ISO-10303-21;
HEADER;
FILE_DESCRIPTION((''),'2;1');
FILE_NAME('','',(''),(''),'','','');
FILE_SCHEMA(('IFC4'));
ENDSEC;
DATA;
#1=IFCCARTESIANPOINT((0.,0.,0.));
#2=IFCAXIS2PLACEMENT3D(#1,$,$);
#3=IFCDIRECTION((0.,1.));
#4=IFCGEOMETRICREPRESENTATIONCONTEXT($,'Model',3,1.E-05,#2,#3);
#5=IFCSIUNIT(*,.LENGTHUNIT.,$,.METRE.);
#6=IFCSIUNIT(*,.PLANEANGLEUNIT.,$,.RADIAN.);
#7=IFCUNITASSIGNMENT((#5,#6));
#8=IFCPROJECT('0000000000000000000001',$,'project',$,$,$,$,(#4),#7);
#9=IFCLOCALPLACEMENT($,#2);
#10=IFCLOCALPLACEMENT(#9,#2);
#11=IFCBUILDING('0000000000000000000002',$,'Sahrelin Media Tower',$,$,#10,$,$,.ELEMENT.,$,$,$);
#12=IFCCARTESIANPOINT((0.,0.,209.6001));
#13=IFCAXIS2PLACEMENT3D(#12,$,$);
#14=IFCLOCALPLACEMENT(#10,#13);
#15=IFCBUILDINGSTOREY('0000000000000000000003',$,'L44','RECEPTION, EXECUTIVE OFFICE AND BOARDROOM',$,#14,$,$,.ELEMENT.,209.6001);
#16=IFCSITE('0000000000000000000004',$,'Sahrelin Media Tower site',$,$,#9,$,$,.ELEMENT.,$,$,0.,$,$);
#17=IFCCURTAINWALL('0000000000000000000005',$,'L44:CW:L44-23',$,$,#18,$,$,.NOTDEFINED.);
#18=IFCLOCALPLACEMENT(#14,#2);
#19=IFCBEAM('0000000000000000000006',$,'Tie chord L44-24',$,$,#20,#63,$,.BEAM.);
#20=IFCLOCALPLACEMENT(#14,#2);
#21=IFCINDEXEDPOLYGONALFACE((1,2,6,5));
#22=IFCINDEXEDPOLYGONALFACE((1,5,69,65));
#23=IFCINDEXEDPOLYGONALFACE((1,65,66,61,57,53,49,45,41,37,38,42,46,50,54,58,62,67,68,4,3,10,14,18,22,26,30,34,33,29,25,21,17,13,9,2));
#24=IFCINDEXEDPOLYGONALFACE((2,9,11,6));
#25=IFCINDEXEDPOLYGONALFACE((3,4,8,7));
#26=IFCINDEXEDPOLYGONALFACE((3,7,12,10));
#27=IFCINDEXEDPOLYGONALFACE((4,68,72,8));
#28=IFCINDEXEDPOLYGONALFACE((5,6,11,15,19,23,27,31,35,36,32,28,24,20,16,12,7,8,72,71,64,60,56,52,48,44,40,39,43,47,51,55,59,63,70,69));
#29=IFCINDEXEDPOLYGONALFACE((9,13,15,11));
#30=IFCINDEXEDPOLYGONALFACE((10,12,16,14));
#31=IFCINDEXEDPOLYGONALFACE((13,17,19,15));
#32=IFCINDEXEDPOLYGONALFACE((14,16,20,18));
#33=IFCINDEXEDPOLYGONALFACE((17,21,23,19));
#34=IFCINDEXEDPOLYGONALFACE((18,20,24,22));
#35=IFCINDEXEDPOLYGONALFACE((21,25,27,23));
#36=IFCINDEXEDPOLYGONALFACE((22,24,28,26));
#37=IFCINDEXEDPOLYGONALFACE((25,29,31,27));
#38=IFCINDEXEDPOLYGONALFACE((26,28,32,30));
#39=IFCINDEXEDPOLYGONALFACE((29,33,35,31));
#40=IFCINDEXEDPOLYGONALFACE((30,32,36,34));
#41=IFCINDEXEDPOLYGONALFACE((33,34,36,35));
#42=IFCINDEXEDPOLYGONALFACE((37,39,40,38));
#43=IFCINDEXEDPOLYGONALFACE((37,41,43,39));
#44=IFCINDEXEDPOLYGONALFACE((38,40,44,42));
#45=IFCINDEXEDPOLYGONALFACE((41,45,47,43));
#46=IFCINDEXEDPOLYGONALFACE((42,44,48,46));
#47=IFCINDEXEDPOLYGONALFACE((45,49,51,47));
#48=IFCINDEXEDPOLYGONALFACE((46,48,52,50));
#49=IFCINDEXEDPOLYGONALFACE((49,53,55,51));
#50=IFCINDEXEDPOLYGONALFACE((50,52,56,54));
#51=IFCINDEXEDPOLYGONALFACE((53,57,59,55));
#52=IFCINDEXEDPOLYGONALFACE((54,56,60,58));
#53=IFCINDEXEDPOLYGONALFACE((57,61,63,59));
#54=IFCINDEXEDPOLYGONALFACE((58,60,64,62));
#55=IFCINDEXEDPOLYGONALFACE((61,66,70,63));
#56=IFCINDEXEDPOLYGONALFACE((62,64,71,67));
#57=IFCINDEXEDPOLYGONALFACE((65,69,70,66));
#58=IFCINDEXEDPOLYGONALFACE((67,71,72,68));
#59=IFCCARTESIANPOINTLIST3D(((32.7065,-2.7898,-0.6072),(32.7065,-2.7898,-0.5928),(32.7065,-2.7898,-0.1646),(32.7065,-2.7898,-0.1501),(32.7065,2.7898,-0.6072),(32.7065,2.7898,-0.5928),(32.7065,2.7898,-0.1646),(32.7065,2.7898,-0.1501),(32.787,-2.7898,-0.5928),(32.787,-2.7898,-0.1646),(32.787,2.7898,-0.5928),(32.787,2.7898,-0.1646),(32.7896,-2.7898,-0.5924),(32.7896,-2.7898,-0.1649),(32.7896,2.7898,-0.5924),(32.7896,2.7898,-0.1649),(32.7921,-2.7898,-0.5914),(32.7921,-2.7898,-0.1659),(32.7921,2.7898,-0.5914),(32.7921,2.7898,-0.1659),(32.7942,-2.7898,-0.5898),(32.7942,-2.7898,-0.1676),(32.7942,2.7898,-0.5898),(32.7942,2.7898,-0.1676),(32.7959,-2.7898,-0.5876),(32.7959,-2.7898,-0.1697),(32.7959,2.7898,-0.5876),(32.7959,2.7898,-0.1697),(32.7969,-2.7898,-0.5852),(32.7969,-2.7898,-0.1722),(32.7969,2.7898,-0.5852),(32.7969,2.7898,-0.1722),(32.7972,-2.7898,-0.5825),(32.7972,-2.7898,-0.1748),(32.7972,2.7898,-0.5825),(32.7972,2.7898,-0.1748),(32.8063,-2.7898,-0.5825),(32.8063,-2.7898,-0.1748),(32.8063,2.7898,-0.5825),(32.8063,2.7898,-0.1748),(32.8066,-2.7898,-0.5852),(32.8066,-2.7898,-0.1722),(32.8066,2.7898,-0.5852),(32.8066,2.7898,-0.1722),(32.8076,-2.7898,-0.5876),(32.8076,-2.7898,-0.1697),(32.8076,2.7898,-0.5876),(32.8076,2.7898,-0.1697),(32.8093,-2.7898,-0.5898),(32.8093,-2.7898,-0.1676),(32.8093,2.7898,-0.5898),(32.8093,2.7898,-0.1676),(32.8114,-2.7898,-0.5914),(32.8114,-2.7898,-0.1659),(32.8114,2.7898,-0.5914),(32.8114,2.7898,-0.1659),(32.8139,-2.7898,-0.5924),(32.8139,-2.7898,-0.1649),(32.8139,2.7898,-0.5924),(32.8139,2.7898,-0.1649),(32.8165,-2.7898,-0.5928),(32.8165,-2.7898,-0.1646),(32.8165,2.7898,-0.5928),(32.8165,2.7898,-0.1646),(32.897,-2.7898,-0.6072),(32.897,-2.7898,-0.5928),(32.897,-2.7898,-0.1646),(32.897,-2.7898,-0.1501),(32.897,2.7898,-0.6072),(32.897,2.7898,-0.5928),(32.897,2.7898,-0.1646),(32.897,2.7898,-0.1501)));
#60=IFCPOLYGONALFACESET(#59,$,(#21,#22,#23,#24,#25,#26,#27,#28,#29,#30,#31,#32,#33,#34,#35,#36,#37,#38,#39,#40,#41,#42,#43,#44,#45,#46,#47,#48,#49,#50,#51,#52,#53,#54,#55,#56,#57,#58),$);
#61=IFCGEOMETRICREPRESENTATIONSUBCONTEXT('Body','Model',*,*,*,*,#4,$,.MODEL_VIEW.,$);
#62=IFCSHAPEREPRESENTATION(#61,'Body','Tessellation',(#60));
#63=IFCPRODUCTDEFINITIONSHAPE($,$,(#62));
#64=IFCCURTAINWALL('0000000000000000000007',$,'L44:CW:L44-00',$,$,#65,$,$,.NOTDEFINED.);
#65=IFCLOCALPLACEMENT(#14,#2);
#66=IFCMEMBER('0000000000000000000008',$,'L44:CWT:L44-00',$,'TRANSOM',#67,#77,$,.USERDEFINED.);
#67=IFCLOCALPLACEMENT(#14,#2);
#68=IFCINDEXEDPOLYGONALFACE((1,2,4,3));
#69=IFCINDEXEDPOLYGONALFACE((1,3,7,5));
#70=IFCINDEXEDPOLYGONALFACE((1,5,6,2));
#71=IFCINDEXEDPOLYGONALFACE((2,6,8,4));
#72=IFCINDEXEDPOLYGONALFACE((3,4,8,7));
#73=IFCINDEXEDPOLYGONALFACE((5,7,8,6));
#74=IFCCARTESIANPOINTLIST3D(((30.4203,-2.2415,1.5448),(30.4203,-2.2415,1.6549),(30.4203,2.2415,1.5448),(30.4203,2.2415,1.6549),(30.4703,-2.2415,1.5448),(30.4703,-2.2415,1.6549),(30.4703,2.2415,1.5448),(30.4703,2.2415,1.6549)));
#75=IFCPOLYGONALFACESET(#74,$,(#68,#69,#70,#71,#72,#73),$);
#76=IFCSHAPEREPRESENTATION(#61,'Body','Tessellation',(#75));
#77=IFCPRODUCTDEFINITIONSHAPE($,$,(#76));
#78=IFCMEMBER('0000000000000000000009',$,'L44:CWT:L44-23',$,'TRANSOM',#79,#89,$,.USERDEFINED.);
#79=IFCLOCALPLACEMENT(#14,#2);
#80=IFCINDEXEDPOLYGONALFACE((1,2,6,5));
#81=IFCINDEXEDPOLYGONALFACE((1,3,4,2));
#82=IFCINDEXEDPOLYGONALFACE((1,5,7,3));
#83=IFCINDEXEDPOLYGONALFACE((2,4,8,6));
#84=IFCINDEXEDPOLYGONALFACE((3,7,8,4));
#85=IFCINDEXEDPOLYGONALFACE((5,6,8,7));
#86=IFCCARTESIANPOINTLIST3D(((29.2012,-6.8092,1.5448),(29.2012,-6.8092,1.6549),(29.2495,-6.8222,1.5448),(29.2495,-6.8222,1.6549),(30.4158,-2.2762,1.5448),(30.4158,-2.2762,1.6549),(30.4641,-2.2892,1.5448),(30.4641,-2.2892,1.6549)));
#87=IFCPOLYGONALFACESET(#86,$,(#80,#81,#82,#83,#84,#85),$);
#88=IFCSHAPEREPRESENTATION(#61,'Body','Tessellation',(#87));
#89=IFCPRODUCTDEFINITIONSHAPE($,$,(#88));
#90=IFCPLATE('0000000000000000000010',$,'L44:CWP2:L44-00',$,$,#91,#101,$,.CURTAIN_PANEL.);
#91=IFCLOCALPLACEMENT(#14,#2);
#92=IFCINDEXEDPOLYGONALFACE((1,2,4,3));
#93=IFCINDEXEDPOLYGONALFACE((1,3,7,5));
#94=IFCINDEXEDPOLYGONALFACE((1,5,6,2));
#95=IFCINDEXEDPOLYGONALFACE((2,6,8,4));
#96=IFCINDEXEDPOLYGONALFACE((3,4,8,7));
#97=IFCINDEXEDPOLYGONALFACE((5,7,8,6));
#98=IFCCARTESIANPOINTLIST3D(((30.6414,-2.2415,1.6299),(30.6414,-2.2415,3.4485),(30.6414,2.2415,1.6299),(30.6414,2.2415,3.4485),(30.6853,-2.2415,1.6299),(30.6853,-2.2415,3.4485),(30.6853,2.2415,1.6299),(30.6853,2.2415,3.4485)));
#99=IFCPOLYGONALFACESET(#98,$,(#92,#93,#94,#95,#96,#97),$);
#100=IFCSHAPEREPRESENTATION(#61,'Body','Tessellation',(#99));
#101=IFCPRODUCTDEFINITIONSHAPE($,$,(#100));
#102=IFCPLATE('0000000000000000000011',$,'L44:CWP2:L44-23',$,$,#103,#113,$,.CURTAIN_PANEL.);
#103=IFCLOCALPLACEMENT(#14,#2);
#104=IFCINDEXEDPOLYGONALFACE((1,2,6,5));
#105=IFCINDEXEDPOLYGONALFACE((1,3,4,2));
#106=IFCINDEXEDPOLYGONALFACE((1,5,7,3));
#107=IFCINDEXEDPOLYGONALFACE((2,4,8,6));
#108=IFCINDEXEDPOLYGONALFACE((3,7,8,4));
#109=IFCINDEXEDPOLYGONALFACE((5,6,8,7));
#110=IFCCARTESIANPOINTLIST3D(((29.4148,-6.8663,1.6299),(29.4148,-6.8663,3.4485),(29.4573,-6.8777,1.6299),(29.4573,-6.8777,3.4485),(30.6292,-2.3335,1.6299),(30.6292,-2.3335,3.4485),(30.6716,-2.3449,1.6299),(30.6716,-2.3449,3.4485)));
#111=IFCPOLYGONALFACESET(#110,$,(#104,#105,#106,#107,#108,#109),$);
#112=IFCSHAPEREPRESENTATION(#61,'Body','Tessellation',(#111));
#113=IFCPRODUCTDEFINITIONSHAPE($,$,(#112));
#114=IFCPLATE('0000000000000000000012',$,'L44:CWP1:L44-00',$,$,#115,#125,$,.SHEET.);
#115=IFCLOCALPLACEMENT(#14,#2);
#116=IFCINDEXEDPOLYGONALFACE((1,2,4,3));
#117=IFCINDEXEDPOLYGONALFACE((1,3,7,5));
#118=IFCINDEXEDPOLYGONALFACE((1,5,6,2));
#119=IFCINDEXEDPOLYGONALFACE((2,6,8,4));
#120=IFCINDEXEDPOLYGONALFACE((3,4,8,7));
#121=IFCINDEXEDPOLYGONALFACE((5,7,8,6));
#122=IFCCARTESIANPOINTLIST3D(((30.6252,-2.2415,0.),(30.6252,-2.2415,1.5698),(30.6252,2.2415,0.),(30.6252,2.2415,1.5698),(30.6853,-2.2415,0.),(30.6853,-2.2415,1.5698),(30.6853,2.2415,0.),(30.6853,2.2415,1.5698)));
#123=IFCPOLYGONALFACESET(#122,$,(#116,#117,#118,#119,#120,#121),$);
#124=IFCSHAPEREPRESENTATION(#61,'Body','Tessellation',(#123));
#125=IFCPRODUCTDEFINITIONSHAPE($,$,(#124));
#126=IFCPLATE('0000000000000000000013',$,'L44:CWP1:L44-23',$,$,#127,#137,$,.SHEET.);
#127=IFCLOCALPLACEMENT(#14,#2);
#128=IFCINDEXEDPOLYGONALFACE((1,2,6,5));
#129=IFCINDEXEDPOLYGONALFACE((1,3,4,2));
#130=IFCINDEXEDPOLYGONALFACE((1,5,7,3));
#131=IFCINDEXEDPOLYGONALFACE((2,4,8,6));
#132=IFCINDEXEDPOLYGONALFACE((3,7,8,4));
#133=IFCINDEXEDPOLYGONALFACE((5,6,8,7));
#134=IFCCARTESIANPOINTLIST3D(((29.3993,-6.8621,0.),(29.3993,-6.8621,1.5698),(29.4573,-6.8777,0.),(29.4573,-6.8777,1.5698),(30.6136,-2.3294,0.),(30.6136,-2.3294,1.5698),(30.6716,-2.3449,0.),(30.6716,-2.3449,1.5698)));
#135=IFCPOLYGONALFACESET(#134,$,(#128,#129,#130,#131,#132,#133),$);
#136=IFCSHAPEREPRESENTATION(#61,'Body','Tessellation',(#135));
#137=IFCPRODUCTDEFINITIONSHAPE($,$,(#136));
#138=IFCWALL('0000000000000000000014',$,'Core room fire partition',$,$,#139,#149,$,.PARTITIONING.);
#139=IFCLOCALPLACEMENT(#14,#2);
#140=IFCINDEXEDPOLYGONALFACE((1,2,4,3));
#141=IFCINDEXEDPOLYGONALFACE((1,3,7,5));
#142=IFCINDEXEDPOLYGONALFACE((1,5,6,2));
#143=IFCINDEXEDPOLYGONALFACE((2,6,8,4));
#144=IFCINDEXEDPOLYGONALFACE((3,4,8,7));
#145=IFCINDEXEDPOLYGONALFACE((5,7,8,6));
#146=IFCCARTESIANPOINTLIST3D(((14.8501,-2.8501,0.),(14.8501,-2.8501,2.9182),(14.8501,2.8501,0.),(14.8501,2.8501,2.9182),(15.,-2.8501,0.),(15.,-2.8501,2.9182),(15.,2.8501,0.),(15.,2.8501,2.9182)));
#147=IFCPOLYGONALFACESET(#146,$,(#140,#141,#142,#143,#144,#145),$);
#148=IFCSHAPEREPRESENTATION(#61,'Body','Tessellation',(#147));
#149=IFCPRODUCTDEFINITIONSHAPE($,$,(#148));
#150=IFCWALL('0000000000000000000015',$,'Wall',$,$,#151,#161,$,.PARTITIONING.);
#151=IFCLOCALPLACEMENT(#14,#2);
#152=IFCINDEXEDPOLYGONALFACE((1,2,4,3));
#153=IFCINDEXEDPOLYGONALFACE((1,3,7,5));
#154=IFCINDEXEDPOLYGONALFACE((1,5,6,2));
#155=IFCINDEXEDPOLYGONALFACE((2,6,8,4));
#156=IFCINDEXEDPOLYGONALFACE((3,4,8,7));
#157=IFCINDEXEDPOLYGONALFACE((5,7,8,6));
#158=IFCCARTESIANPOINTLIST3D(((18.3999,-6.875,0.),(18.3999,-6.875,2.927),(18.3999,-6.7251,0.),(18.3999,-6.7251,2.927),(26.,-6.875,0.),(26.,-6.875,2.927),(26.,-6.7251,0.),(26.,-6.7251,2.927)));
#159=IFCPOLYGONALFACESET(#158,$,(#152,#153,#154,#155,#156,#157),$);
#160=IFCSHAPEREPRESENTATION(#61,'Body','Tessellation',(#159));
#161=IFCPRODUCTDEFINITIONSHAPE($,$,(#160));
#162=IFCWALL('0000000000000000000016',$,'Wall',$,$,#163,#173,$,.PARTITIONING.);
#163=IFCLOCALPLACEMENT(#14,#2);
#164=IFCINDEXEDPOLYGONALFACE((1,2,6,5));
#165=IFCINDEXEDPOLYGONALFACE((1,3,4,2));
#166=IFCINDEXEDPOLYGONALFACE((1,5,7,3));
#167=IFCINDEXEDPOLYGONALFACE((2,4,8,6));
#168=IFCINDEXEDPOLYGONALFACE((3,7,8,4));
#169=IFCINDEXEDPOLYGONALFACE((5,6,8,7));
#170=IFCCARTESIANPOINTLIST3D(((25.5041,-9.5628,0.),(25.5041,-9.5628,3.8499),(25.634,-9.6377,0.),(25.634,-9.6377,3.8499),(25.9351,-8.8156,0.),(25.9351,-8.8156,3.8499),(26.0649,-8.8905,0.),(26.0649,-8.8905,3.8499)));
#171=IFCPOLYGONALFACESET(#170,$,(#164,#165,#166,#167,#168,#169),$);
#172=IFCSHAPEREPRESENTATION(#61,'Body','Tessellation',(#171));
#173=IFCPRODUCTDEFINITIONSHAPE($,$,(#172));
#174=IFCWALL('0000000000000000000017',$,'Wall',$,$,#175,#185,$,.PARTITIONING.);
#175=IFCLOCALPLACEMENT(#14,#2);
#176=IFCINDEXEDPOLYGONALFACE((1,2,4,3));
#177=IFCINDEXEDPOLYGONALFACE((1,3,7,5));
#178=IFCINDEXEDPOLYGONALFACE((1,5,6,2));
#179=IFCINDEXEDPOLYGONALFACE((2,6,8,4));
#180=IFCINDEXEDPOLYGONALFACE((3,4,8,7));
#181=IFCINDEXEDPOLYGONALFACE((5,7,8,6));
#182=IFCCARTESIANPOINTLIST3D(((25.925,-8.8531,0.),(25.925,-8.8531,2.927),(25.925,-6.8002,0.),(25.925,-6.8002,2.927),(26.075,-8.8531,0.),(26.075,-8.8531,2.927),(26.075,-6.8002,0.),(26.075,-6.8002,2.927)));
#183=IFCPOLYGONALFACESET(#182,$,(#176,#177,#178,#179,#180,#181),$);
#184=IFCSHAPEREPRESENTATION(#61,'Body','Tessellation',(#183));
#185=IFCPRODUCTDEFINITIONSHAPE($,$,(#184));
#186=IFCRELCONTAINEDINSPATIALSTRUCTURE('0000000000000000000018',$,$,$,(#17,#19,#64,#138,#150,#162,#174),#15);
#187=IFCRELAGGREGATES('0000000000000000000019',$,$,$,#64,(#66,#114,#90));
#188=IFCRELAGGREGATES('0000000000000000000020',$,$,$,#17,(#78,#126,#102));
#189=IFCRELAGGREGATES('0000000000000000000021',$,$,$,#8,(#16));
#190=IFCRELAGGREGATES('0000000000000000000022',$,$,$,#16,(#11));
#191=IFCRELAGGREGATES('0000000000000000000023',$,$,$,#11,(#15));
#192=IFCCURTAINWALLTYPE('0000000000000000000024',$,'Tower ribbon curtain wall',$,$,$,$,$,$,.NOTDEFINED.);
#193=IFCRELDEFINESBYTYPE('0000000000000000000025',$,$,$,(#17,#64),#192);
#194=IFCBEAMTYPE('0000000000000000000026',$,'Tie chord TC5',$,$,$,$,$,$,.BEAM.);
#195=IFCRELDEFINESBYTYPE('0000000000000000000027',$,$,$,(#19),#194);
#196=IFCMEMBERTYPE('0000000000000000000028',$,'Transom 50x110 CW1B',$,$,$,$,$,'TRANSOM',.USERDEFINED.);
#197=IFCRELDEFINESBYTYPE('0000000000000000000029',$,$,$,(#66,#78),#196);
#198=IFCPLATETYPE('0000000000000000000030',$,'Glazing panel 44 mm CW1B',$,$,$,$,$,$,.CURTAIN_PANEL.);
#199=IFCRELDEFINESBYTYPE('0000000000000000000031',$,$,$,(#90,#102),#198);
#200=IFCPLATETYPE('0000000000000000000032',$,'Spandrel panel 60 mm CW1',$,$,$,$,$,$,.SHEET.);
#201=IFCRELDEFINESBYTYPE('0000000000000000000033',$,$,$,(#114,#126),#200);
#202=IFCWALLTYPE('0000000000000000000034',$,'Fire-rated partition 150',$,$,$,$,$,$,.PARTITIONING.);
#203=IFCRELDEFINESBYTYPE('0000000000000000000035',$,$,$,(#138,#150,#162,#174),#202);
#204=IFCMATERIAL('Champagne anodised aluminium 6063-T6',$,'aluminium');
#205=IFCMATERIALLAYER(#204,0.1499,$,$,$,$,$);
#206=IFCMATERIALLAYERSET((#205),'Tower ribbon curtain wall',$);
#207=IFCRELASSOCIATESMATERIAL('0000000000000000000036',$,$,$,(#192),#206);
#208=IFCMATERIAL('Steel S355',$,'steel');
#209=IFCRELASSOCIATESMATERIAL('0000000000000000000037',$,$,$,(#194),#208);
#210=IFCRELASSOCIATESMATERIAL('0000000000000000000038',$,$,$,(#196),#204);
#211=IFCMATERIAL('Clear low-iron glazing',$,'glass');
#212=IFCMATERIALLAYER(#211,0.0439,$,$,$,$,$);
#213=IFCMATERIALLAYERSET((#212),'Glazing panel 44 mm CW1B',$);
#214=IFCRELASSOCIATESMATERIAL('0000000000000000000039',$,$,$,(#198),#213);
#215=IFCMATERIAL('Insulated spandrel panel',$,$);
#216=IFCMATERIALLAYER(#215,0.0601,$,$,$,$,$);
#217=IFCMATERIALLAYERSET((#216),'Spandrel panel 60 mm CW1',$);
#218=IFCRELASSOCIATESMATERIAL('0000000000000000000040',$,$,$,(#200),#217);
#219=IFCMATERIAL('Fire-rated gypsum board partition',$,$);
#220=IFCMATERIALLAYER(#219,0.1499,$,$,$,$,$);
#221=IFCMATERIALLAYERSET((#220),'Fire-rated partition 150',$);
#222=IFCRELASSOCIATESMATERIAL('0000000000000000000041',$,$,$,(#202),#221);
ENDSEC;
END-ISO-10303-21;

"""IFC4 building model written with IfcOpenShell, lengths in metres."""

from ifc_helpers import new_model, si_unit, direction, frame, frame_2d, origin, origin_2d, place, context, subcontext, project, spatial, polyline, rectangle, i_section, outline, extrude, material, layer, layer_set, material_profile, profile_set, type_object, element, aggregate, save


model = new_model("IFC4")

# Units and contexts
model_context = context("Model", 3, precision=1e-05, world=origin(), true_north=direction((0.0, 1.0)))
body_context = subcontext(model_context, "Body", "Model", "MODEL_VIEW")
ifc_project = project(units=[si_unit("LENGTHUNIT", "METRE"), si_unit("PLANEANGLEUNIT", "RADIAN")], contexts=[model_context])

# Site, building, storey
site_placement = place(None, origin())
site = spatial("IfcSite", under=ifc_project, at=site_placement, Name="Sahrelin Media Tower site", CompositionType="ELEMENT", RefElevation=0.0)
building_placement = place(site_placement, origin())
building = spatial("IfcBuilding", under=site, at=building_placement, Name="Sahrelin Media Tower", CompositionType="ELEMENT")
storey_placement = place(building_placement, frame((0.0, 0.0, 209.6001)))
storey = spatial("IfcBuildingStorey", under=building, at=storey_placement, Name="L44", Description="RECEPTION, EXECUTIVE OFFICE AND BOARDROOM", CompositionType="ELEMENT", Elevation=209.6001)

# Shared definitions
ifc_material_1 = material(Name="Steel S355", Category="steel")

# Curtain wall
ifc_material_2 = material(Name="Champagne anodised aluminium 6063-T6", Category="aluminium")
ifc_layer_1 = layer(ifc_material_2, 0.1499)
ifc_layer_set_1 = layer_set([ifc_layer_1], Name="Tower ribbon curtain wall")
curtain_wall_type = type_object("IfcCurtainWallType", Name="Tower ribbon curtain wall", PredefinedType="NOTDEFINED", material=ifc_layer_set_1)
curtain_wall_1_placement = place(storey_placement, frame((30.0452, -4.6062, 0.0), z_axis=(0.0, 0.0, 1.0), x_axis=(1.0, 0.0, 0.0)))
curtain_wall_1 = element("IfcCurtainWall", 1, at=curtain_wall_1_placement, inside=storey, type_object=curtain_wall_type, Name="L44:CW:L44-23", PredefinedType="NOTDEFINED")

# Beam
ifc_material_profile_1 = material_profile(ifc_material_1, i_section(OverallWidth=0.1904, OverallDepth=0.457, WebThickness=0.009, FlangeThickness=0.0144, FilletRadius=0.0103, at=origin_2d()), Name="UB 457x191x74")
ifc_profile_set_1 = profile_set([ifc_material_profile_1], Name="Steel S355")
beam_type_1 = type_object("IfcBeamType", Name="Tie chord TC5", PredefinedType="BEAM", material=ifc_profile_set_1)
beam_1_placement = place(storey_placement, frame((32.8018, -2.7898, -0.3787), z_axis=(0.0, 1.0, 0.0), x_axis=(-1.0, 0.0, 0.0)))
element("IfcBeam", 2, at=beam_1_placement, inside=storey, type_object=beam_type_1, Name="Tie chord L44-24", PredefinedType="BEAM", context=body_context, shape_type="SweptSolid", body=[
    extrude(i_section(OverallWidth=0.1904, OverallDepth=0.457, WebThickness=0.009, FlangeThickness=0.0144, FilletRadius=0.0103, at=origin_2d()), origin(), (0.0, 0.0, 1.0), 5.5796),
])

# Curtain wall, member
curtain_wall_2_placement = place(storey_placement, frame((30.6653, 0.0, 0.0), z_axis=(0.0, 0.0, 1.0), x_axis=(1.0, 0.0, 0.0)))
curtain_wall_2 = element("IfcCurtainWall", 3, at=curtain_wall_2_placement, inside=storey, type_object=curtain_wall_type, Name="L44:CW:L44-00", PredefinedType="NOTDEFINED")
ifc_material_profile_2 = material_profile(ifc_material_2, rectangle(XDim=0.05, YDim=0.1101, at=origin_2d()), Name="Transom 50x110")
ifc_profile_set_2 = profile_set([ifc_material_profile_2], Name="Champagne anodised aluminium 6063-T6")
member_type_1 = type_object("IfcMemberType", Name="Transom 50x110 CW1B", ElementType="TRANSOM", PredefinedType="USERDEFINED", material=ifc_profile_set_2)
member_1_placement = place(storey_placement, frame((30.4453, -2.2415, 1.5999), z_axis=(0.0, 1.0, 0.0), x_axis=(-1.0, 0.0, 0.0)))
member_1 = element("IfcMember", 4, at=member_1_placement, type_object=member_type_1, Name="L44:CWT:L44-00", ObjectType="TRANSOM", PredefinedType="USERDEFINED", context=body_context, shape_type="SweptSolid", body=[
    extrude(rectangle(XDim=0.05, YDim=0.1101, at=origin_2d()), origin(), (0.0, 0.0, 1.0), 4.4829),
])

# Member
member_2_placement = place(storey_placement, frame((29.2253, -6.8157, 1.5999), z_axis=(0.258818, 0.965926, 0.0), x_axis=(-0.965926, 0.258818, 0.0)))
member_2 = element("IfcMember", 5, at=member_2_placement, type_object=member_type_1, Name="L44:CWT:L44-23", ObjectType="TRANSOM", PredefinedType="USERDEFINED", context=body_context, shape_type="SweptSolid", body=[
    extrude(rectangle(XDim=0.05, YDim=0.1101, at=origin_2d()), origin(), (0.0, 0.0, 1.0), 4.6929),
])

# Plates
ifc_material_3 = material(Name="Clear low-iron glazing", Category="glass")
ifc_layer_2 = layer(ifc_material_3, 0.0439)
ifc_layer_set_2 = layer_set([ifc_layer_2], Name="Glazing panel 44 mm CW1B")
plate_type_1 = type_object("IfcPlateType", Name="Glazing panel 44 mm CW1B", PredefinedType="CURTAIN_PANEL", material=ifc_layer_set_2)
plate_1_placement = place(storey_placement, frame((30.6853, -2.2415, 1.6299), z_axis=(1.0, 0.0, 0.0), x_axis=(0.0, 1.0, 0.0)))
plate_1 = element("IfcPlate", 6, at=plate_1_placement, type_object=plate_type_1, Name="L44:CWP2:L44-00", PredefinedType="CURTAIN_PANEL", context=body_context, shape_type="SweptSolid", body=[
    extrude(outline(polyline([(0.0, 0.0), (4.4829, 0.0), (4.4829, 1.8186), (0.0, 1.8186), (0.0, 0.0)])), origin(), (0.0, 0.0, -1.0), 0.0439),
])
plate_2_placement = place(storey_placement, frame((29.4573, -6.8777, 1.6299), z_axis=(0.965936, -0.258783, 0.0), x_axis=(0.258783, 0.965936, 0.0)))
plate_2 = element("IfcPlate", 7, at=plate_2_placement, type_object=plate_type_1, Name="L44:CWP2:L44-23", PredefinedType="CURTAIN_PANEL", context=body_context, shape_type="SweptSolid", body=[
    extrude(outline(polyline([(0.0, 0.0), (4.6926, 0.0), (4.6926, 1.8186), (0.0, 1.8186), (0.0, 0.0)])), origin(), (0.0, 0.0, -1.0), 0.0439),
])
ifc_material_4 = material(Name="Insulated spandrel panel")
ifc_layer_3 = layer(ifc_material_4, 0.0601)
ifc_layer_set_3 = layer_set([ifc_layer_3], Name="Spandrel panel 60 mm CW1")
plate_type_2 = type_object("IfcPlateType", Name="Spandrel panel 60 mm CW1", PredefinedType="SHEET", material=ifc_layer_set_3)
plate_3_placement = place(storey_placement, frame((30.6853, -2.2415, 0.0), z_axis=(1.0, 0.0, 0.0), x_axis=(0.0, 1.0, 0.0)))
plate_3 = element("IfcPlate", 8, at=plate_3_placement, type_object=plate_type_2, Name="L44:CWP1:L44-00", PredefinedType="SHEET", context=body_context, shape_type="SweptSolid", body=[
    extrude(outline(polyline([(0.0, 0.0), (4.4829, 0.0), (4.4829, 1.5698), (0.0, 1.5698), (0.0, 0.0)])), origin(), (0.0, 0.0, -1.0), 0.0601),
])
aggregate(curtain_wall_2, [member_1, plate_3, plate_1])
plate_4_placement = place(storey_placement, frame((29.4573, -6.8777, 0.0), z_axis=(0.965936, -0.258783, 0.0), x_axis=(0.258783, 0.965936, 0.0)))
plate_4 = element("IfcPlate", 9, at=plate_4_placement, type_object=plate_type_2, Name="L44:CWP1:L44-23", PredefinedType="SHEET", context=body_context, shape_type="SweptSolid", body=[
    extrude(outline(polyline([(0.0, 0.0), (4.6926, 0.0), (4.6926, 1.5698), (0.0, 1.5698), (0.0, 0.0)])), origin(), (0.0, 0.0, -1.0), 0.0601),
])
aggregate(curtain_wall_1, [member_2, plate_4, plate_2])

# Walls
ifc_material_5 = material(Name="Fire-rated gypsum board partition")
ifc_layer_4 = layer(ifc_material_5, 0.1499)
ifc_layer_set_4 = layer_set([ifc_layer_4], Name="Fire-rated partition 150")
wall_type_1 = type_object("IfcWallType", Name="Fire-rated partition 150", PredefinedType="PARTITIONING", material=ifc_layer_set_4)
wall_1_placement = place(storey_placement, frame((14.925, -2.8501, 0.0), z_axis=(0.0, 0.0, 1.0), x_axis=(0.0, 1.0, 0.0)))
element("IfcWall", 10, at=wall_1_placement, inside=storey, type_object=wall_type_1, Name="Core room fire partition", PredefinedType="PARTITIONING", context=body_context, shape_type="SweptSolid", body=[
    extrude(rectangle(XDim=5.7002, YDim=0.1499, at=frame_2d((2.8501, 0.0))), origin(), (0.0, 0.0, 1.0), 2.9182),
])
wall_2_placement = place(storey_placement, frame((18.3999, -6.8, 0.0), z_axis=(0.0, 0.0, 1.0), x_axis=(1.0, 0.0, 0.0)))
element("IfcWall", 11, at=wall_2_placement, inside=storey, type_object=wall_type_1, Name="Wall", PredefinedType="PARTITIONING", context=body_context, shape_type="SweptSolid", body=[
    extrude(rectangle(XDim=7.6001, YDim=0.1499, at=frame_2d((3.8, 0.0))), origin(), (0.0, 0.0, 1.0), 2.927),
])
wall_3_placement = place(storey_placement, frame((25.5691, -9.6001, 0.0), z_axis=(0.0, 0.0, 1.0), x_axis=(0.499641, 0.866233, 0.0)))
element("IfcWall", 12, at=wall_3_placement, inside=storey, type_object=wall_type_1, Name="Wall", PredefinedType="PARTITIONING", context=body_context, shape_type="SweptSolid", body=[
    extrude(rectangle(XDim=0.8625, YDim=0.1499, at=frame_2d((0.4312, 0.0))), origin(), (0.0, 0.0, 1.0), 3.8499),
])
wall_4_placement = place(storey_placement, frame((26.0, -8.853, 0.0), z_axis=(0.0, 0.0, 1.0), x_axis=(0.0, 1.0, 0.0)))
element("IfcWall", 13, at=wall_4_placement, inside=storey, type_object=wall_type_1, Name="Wall", PredefinedType="PARTITIONING", context=body_context, shape_type="SweptSolid", body=[
    extrude(rectangle(XDim=2.053, YDim=0.1499, at=frame_2d((1.0264, 0.0))), origin(), (0.0, 0.0, 1.0), 2.927),
])

save(model, "model.ifc")
